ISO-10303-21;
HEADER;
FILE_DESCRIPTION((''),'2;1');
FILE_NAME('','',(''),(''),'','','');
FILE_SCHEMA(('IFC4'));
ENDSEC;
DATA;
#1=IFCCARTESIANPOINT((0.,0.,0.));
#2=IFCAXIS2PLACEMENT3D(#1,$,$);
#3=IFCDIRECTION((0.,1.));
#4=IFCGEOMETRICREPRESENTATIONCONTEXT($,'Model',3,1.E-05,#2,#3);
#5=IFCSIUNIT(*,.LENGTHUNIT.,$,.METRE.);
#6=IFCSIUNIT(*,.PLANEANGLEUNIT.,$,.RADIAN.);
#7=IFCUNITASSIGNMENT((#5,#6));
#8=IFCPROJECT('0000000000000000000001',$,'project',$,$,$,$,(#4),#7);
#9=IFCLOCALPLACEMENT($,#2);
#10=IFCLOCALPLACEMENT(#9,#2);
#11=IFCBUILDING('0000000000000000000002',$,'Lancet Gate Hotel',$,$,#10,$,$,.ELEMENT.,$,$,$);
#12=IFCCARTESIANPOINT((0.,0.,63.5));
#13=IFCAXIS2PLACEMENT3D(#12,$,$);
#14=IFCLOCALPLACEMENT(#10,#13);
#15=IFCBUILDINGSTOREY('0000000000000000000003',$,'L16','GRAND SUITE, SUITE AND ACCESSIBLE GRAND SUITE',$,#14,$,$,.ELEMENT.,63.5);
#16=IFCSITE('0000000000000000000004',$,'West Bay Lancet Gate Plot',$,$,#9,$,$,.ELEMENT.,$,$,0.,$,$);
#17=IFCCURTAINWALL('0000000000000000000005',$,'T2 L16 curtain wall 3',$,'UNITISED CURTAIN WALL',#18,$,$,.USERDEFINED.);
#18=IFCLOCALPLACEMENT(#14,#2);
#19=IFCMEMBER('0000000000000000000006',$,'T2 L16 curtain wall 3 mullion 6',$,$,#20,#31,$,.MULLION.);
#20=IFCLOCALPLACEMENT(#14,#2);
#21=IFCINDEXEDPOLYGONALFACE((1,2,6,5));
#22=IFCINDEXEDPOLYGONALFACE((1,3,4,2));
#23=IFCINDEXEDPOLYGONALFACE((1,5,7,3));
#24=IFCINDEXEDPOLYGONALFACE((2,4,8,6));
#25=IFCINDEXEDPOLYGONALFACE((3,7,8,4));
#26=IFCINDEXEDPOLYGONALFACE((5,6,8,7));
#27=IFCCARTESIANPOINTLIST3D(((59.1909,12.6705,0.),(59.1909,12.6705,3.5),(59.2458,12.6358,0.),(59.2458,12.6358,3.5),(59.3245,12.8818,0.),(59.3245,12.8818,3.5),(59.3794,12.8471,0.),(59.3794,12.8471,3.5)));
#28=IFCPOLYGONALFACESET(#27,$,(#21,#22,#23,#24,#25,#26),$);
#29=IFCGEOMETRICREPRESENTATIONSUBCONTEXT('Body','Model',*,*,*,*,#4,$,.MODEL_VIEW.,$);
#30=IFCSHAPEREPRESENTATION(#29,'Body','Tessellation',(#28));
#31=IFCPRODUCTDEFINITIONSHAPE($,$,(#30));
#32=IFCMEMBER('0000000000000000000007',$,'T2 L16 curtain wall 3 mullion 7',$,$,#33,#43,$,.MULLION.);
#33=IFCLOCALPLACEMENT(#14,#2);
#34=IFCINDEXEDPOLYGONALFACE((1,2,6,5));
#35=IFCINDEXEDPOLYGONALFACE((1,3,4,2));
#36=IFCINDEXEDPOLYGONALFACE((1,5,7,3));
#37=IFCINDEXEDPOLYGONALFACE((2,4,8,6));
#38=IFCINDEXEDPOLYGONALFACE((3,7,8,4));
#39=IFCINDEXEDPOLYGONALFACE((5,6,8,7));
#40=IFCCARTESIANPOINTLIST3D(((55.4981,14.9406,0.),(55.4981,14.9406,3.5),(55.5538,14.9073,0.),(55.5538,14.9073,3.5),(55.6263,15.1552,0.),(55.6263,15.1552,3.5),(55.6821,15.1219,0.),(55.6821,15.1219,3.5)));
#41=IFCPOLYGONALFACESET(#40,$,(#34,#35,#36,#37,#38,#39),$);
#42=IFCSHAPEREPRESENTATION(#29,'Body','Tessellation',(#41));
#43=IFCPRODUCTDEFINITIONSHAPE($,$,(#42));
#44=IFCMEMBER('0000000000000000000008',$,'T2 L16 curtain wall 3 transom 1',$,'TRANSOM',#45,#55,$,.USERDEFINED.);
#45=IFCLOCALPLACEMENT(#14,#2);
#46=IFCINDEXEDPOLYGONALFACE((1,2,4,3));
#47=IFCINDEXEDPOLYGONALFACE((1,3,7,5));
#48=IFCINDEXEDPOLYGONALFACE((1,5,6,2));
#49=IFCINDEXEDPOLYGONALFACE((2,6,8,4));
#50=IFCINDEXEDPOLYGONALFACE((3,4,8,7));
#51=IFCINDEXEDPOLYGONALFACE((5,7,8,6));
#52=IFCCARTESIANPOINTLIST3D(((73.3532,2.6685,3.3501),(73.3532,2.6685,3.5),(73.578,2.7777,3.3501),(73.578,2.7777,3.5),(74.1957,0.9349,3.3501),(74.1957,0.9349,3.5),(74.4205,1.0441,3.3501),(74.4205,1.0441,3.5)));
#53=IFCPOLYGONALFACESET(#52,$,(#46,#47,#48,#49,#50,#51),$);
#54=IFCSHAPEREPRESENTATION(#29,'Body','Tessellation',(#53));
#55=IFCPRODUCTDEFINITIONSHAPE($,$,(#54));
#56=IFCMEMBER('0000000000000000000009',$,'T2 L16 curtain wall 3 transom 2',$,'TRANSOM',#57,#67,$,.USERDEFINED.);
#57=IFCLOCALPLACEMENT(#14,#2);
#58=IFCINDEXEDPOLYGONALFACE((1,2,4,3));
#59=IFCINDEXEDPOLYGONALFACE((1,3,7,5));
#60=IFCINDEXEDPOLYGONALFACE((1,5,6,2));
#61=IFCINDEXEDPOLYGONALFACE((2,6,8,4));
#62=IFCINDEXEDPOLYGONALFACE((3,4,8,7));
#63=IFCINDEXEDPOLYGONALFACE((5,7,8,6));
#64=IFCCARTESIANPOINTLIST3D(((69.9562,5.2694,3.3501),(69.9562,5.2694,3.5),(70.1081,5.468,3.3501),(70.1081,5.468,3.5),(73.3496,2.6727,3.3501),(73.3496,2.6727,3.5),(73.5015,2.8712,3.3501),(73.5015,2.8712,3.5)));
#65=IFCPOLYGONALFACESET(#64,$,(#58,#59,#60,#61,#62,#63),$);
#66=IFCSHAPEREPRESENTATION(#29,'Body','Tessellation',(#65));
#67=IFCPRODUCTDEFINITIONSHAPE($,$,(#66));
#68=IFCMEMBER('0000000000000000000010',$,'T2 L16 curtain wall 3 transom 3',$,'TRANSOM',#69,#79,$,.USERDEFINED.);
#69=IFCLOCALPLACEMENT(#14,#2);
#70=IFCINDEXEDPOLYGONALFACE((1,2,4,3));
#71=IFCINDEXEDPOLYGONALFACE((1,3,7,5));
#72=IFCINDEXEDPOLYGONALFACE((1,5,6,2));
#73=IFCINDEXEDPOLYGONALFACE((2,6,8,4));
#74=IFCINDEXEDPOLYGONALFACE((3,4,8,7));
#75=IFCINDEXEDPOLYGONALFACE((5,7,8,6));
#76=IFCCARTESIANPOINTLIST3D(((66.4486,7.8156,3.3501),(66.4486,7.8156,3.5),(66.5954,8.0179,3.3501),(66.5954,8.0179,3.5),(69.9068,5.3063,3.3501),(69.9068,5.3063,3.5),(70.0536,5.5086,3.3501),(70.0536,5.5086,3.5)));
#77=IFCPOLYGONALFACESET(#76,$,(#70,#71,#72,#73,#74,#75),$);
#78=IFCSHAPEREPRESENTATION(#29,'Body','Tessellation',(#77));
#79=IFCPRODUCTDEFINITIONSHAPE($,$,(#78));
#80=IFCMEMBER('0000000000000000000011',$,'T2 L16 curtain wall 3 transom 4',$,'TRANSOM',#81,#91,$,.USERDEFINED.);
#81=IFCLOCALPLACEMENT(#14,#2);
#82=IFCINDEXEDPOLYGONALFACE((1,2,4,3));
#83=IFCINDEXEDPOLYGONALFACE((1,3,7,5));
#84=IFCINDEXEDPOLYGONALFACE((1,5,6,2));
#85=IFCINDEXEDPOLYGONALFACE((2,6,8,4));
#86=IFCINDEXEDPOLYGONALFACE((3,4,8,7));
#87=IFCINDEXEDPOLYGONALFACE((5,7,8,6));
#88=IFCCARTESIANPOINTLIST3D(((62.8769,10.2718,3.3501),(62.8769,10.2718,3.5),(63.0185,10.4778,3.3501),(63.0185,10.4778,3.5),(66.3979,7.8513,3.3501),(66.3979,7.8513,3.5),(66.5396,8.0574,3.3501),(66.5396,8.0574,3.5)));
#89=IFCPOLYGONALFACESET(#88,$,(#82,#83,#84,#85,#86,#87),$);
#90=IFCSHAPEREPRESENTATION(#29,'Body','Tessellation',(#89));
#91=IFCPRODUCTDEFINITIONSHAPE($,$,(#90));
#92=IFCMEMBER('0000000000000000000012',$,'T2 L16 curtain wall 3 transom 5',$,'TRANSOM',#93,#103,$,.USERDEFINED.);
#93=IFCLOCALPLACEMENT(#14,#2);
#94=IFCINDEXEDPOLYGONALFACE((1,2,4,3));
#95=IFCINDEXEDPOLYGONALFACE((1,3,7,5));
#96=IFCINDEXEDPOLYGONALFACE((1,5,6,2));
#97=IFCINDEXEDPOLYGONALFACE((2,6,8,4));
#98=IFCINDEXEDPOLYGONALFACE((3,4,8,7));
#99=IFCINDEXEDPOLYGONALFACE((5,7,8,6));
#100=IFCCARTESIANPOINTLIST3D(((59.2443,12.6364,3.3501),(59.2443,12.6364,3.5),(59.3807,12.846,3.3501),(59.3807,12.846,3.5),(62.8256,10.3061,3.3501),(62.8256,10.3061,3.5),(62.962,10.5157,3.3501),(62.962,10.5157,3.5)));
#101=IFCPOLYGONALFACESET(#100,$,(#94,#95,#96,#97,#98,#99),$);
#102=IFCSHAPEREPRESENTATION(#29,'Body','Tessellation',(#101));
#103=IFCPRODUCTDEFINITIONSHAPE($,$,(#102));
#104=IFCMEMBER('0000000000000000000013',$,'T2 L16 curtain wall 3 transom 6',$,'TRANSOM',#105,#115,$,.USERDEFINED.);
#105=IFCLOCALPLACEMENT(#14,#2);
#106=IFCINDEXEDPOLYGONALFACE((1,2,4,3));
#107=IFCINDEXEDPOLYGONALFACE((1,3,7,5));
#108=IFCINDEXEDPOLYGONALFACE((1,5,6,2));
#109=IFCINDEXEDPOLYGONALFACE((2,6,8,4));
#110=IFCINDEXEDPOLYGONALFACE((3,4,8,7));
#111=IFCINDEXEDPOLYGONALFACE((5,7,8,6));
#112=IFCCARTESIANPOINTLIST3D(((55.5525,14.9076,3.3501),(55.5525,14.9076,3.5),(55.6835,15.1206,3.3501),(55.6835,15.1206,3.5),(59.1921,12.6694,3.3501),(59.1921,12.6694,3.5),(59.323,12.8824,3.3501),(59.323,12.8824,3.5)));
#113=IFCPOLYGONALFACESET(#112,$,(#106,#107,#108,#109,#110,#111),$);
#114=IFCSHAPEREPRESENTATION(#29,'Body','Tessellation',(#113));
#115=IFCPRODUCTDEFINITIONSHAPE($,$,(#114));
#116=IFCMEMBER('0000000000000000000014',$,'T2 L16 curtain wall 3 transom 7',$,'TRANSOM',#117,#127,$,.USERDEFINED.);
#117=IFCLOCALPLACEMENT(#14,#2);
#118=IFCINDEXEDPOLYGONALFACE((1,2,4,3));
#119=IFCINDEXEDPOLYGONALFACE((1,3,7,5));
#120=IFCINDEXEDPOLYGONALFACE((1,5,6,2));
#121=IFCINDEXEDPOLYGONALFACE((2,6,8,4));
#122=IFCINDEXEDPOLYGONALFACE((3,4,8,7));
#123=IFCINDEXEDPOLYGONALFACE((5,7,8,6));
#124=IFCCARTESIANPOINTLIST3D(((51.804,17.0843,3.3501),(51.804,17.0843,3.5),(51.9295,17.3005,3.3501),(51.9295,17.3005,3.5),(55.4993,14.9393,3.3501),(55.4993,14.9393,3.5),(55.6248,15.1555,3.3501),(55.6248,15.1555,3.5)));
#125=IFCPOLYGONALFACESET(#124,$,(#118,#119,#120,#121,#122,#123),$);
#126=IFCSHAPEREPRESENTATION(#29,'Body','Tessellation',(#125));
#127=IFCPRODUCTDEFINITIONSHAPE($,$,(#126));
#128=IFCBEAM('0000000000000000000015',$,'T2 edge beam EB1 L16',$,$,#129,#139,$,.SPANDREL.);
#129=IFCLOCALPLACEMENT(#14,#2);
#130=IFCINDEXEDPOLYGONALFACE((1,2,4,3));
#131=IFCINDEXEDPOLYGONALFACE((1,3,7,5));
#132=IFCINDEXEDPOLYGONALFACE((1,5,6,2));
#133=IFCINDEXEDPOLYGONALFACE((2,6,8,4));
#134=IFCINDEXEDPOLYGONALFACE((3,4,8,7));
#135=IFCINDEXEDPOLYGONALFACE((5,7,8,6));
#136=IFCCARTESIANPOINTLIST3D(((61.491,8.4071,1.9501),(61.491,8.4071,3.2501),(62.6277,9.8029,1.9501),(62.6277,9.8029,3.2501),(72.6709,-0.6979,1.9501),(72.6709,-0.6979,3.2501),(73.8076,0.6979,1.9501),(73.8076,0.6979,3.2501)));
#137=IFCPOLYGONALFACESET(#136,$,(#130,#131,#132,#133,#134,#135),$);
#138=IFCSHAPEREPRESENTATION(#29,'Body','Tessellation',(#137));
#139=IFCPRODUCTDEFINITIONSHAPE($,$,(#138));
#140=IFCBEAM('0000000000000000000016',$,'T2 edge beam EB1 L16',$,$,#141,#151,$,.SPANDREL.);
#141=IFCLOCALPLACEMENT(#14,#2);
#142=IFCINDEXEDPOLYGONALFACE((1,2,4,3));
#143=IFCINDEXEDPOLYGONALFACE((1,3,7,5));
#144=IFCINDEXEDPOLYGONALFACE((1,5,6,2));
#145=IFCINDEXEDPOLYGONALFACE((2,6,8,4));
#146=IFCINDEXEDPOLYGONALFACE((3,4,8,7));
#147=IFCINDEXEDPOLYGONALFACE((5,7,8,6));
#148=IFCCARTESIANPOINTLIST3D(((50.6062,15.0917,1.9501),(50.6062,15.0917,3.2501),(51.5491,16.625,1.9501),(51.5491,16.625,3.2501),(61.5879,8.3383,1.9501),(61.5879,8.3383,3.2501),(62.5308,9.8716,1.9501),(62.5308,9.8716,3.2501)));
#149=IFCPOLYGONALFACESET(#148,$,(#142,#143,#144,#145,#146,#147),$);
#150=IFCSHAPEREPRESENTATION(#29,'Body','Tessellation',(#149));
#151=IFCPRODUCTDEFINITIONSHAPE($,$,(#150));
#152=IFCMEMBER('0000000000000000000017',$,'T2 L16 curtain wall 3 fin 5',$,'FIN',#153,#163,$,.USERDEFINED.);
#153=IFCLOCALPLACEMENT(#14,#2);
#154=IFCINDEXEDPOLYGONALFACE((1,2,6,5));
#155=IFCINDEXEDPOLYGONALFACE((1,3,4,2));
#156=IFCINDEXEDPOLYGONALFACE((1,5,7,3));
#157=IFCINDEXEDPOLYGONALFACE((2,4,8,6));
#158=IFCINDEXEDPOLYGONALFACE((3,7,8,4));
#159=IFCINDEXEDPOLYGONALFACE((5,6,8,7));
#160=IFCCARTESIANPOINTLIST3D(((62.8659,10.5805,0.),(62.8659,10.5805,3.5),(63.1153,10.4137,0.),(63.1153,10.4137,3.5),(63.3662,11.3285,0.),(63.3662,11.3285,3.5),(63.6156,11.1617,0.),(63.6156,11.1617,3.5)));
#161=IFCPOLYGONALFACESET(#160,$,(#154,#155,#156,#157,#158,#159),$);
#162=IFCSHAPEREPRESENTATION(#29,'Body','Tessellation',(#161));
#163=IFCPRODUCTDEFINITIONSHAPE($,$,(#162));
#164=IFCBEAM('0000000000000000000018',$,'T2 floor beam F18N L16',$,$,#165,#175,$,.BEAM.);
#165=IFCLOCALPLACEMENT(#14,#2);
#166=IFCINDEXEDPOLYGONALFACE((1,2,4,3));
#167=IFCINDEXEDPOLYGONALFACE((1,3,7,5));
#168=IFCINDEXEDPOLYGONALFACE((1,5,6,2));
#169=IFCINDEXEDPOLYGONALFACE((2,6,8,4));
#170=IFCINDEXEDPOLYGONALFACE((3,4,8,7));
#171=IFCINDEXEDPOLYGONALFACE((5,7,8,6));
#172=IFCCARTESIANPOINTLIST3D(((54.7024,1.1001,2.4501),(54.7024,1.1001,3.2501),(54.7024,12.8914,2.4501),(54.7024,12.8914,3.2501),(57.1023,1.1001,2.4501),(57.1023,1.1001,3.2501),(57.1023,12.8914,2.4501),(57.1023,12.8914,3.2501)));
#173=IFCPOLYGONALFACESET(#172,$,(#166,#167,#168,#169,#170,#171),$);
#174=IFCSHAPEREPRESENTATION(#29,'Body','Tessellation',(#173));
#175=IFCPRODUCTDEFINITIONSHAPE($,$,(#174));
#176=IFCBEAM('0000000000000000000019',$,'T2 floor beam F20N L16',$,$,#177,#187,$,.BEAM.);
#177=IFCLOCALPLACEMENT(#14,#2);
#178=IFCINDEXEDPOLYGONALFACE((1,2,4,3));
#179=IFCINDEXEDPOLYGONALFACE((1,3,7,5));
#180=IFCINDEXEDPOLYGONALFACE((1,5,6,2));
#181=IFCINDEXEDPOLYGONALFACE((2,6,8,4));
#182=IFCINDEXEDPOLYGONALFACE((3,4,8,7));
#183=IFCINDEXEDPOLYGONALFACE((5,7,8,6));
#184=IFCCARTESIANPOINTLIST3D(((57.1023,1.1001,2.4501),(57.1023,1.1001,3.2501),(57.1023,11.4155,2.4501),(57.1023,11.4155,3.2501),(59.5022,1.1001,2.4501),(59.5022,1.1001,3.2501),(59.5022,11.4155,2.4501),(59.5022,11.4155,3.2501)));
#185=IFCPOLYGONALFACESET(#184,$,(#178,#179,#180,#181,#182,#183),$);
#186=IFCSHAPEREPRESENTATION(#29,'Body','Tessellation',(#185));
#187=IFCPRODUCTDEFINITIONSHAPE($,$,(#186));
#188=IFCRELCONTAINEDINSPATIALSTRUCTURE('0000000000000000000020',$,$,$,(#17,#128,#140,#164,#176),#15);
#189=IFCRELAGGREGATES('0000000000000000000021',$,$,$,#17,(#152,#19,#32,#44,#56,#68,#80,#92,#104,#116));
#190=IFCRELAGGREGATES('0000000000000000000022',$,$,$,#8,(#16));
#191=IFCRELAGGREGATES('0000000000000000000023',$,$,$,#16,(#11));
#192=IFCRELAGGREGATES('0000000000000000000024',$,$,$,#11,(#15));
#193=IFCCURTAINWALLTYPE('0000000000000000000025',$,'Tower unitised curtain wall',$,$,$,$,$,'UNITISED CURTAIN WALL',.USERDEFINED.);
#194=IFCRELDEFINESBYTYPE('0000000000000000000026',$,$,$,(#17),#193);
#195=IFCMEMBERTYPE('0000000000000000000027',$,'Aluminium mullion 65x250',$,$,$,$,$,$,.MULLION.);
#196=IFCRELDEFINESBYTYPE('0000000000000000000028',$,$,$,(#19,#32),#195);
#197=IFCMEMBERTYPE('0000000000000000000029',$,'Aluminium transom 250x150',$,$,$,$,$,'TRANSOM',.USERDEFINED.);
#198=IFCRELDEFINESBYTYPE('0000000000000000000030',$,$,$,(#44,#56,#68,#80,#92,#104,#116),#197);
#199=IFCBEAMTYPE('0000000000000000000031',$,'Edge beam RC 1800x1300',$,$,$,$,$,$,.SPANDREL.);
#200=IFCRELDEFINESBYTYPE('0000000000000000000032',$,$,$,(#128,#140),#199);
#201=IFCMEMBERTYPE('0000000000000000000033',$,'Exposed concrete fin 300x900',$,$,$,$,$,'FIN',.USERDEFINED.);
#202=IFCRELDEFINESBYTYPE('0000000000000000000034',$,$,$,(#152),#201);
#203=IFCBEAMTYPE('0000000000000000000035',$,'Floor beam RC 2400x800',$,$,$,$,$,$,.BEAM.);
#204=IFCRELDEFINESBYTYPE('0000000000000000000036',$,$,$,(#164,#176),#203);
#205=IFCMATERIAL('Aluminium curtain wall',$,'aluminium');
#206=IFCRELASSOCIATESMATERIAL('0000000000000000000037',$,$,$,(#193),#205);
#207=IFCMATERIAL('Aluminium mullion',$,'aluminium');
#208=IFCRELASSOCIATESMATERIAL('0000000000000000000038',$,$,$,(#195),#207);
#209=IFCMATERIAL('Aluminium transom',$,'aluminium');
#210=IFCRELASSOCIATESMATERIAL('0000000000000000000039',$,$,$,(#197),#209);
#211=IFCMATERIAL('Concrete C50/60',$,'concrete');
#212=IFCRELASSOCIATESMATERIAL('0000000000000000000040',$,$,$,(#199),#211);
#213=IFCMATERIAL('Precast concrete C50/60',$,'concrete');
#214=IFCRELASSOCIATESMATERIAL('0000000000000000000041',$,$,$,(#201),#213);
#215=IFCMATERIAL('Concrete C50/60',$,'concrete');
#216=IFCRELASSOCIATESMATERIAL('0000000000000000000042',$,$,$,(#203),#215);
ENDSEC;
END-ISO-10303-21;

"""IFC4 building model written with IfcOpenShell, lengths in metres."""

from ifc_helpers import new_model, si_unit, direction, frame, origin, origin_2d, place, context, subcontext, project, spatial, rectangle, extrude, material, material_profile, profile_set, type_object, element, aggregate, save


model = new_model("IFC4")

# Units and contexts
model_context = context("Model", 3, precision=1e-05, world=origin(), true_north=direction((0.0, 1.0)))
body_context = subcontext(model_context, "Body", "Model", "MODEL_VIEW")
ifc_project = project(units=[si_unit("LENGTHUNIT", "METRE"), si_unit("PLANEANGLEUNIT", "RADIAN")], contexts=[model_context])

# Site, building, storey
site_placement = place(None, origin())
site = spatial("IfcSite", under=ifc_project, at=site_placement, Name="West Bay Lancet Gate Plot", CompositionType="ELEMENT", RefElevation=0.0)
building_placement = place(site_placement, origin())
building = spatial("IfcBuilding", under=site, at=building_placement, Name="Lancet Gate Hotel", CompositionType="ELEMENT")
storey_placement = place(building_placement, frame((0.0, 0.0, 63.5)))
storey = spatial("IfcBuildingStorey", under=building, at=storey_placement, Name="L16", Description="GRAND SUITE, SUITE AND ACCESSIBLE GRAND SUITE", CompositionType="ELEMENT", Elevation=63.5)

# Curtain wall, members
ifc_material_1 = material(Name="Aluminium curtain wall", Category="aluminium")
curtain_wall_type = type_object("IfcCurtainWallType", Name="Tower unitised curtain wall", ElementType="UNITISED CURTAIN WALL", PredefinedType="USERDEFINED", material=ifc_material_1)
curtain_wall_placement = place(storey_placement, origin())
curtain_wall = element("IfcCurtainWall", 1, at=curtain_wall_placement, inside=storey, type_object=curtain_wall_type, Name="T2 L16 curtain wall 3", ObjectType="UNITISED CURTAIN WALL", PredefinedType="USERDEFINED")
ifc_material_2 = material(Name="Aluminium mullion", Category="aluminium")
ifc_material_profile_1 = material_profile(ifc_material_2, rectangle(XDim=0.0649, YDim=0.25, at=origin_2d()), Name="MULLION 65x250")
ifc_profile_set_1 = profile_set([ifc_material_profile_1], Name="Aluminium mullion")
member_type_1 = type_object("IfcMemberType", Name="Aluminium mullion 65x250", PredefinedType="MULLION", material=ifc_profile_set_1)
member_1_placement = place(storey_placement, frame((59.2852, 12.7588, 0.0), z_axis=(0.0, 0.0, 1.0), x_axis=(-0.845079, 0.534641, 0.0)))
member_1 = element("IfcMember", 2, at=member_1_placement, type_object=member_type_1, Name="T2 L16 curtain wall 3 mullion 6", PredefinedType="MULLION", context=body_context, shape_type="SweptSolid", body=[
    extrude(rectangle(XDim=0.0649, YDim=0.25, at=origin_2d()), origin(), (0.0, 0.0, 1.0), 3.5),
])
member_2_placement = place(storey_placement, frame((55.5901, 15.0312, 0.0), z_axis=(0.0, 0.0, 1.0), x_axis=(-0.858413, 0.512959, 0.0)))
member_2 = element("IfcMember", 3, at=member_2_placement, type_object=member_type_1, Name="T2 L16 curtain wall 3 mullion 7", PredefinedType="MULLION", context=body_context, shape_type="SweptSolid", body=[
    extrude(rectangle(XDim=0.0649, YDim=0.25, at=origin_2d()), origin(), (0.0, 0.0, 1.0), 3.5),
])
ifc_material_3 = material(Name="Aluminium transom", Category="aluminium")
ifc_material_profile_2 = material_profile(ifc_material_3, rectangle(XDim=0.25, YDim=0.1499, at=origin_2d()), Name="TRANSOM 250x150")
ifc_profile_set_2 = profile_set([ifc_material_profile_2], Name="Aluminium transom")
member_type_2 = type_object("IfcMemberType", Name="Aluminium transom 250x150", ElementType="TRANSOM", PredefinedType="USERDEFINED", material=ifc_profile_set_2)
member_3_placement = place(storey_placement, frame((74.3081, 0.9895, 3.425), z_axis=(-0.437103, 0.899411, 0.0), x_axis=(-0.899411, -0.437103, 0.0)))
member_3 = element("IfcMember", 4, at=member_3_placement, type_object=member_type_2, Name="T2 L16 curtain wall 3 transom 1", ObjectType="TRANSOM", PredefinedType="USERDEFINED", context=body_context, shape_type="SweptSolid", body=[
    extrude(rectangle(XDim=0.25, YDim=0.1499, at=origin_2d()), origin(), (0.0, 0.0, 1.0), 1.9275),
])
member_4_placement = place(storey_placement, frame((73.4255, 2.772, 3.425), z_axis=(-0.794155, 0.607715, 0.0), x_axis=(-0.607715, -0.794155, 0.0)))
member_4 = element("IfcMember", 5, at=member_4_placement, type_object=member_type_2, Name="T2 L16 curtain wall 3 transom 2", ObjectType="TRANSOM", PredefinedType="USERDEFINED", context=body_context, shape_type="SweptSolid", body=[
    extrude(rectangle(XDim=0.25, YDim=0.1499, at=origin_2d()), origin(), (0.0, 0.0, 1.0), 4.2729),
])
member_5_placement = place(storey_placement, frame((69.9802, 5.4075, 3.425), z_axis=(-0.809383, 0.587281, 0.0), x_axis=(-0.587281, -0.809383, 0.0)))
member_5 = element("IfcMember", 6, at=member_5_placement, type_object=member_type_2, Name="T2 L16 curtain wall 3 transom 3", ObjectType="TRANSOM", PredefinedType="USERDEFINED", context=body_context, shape_type="SweptSolid", body=[
    extrude(rectangle(XDim=0.25, YDim=0.1499, at=origin_2d()), origin(), (0.0, 0.0, 1.0), 4.2727),
])
member_6_placement = place(storey_placement, frame((66.4688, 7.9543, 3.425), z_axis=(-0.824072, 0.566485, 0.0), x_axis=(-0.566485, -0.824072, 0.0)))
member_6 = element("IfcMember", 7, at=member_6_placement, type_object=member_type_2, Name="T2 L16 curtain wall 3 transom 4", ObjectType="TRANSOM", PredefinedType="USERDEFINED", context=body_context, shape_type="SweptSolid", body=[
    extrude(rectangle(XDim=0.25, YDim=0.1499, at=origin_2d()), origin(), (0.0, 0.0, 1.0), 4.2727),
])
member_7_placement = place(storey_placement, frame((62.8938, 10.4109, 3.425), z_axis=(-0.838179, 0.545396, 0.0), x_axis=(-0.545396, -0.838179, 0.0)))
member_7 = element("IfcMember", 8, at=member_7_placement, type_object=member_type_2, Name="T2 L16 curtain wall 3 transom 5", ObjectType="TRANSOM", PredefinedType="USERDEFINED", context=body_context, shape_type="SweptSolid", body=[
    extrude(rectangle(XDim=0.25, YDim=0.1499, at=origin_2d()), origin(), (0.0, 0.0, 1.0), 4.2727),
])
member_8_placement = place(storey_placement, frame((59.2576, 12.7759, 3.425), z_axis=(-0.851815, 0.523842, 0.0), x_axis=(-0.523842, -0.851815, 0.0)))
member_8 = element("IfcMember", 9, at=member_8_placement, type_object=member_type_2, Name="T2 L16 curtain wall 3 transom 6", ObjectType="TRANSOM", PredefinedType="USERDEFINED", context=body_context, shape_type="SweptSolid", body=[
    extrude(rectangle(XDim=0.25, YDim=0.1499, at=origin_2d()), origin(), (0.0, 0.0, 1.0), 4.2727),
])
member_9_placement = place(storey_placement, frame((55.562, 15.0474, 3.425), z_axis=(-0.864855, 0.502022, 0.0), x_axis=(-0.502022, -0.864855, 0.0)))
member_9 = element("IfcMember", 10, at=member_9_placement, type_object=member_type_2, Name="T2 L16 curtain wall 3 transom 7", ObjectType="TRANSOM", PredefinedType="USERDEFINED", context=body_context, shape_type="SweptSolid", body=[
    extrude(rectangle(XDim=0.25, YDim=0.1499, at=origin_2d()), origin(), (0.0, 0.0, 1.0), 4.2727),
])

# Beams
ifc_material_4 = material(Name="Concrete C50/60", Category="concrete")
ifc_material_profile_3 = material_profile(ifc_material_4, rectangle(XDim=1.8, YDim=1.3, at=origin_2d()), Name="RC 1800x1300")
ifc_profile_set_3 = profile_set([ifc_material_profile_3], Name="Concrete C50/60")
beam_type_1 = type_object("IfcBeamType", Name="Edge beam RC 1800x1300", PredefinedType="SPANDREL", material=ifc_profile_set_3)
beam_1_placement = place(storey_placement, frame((73.2393, 0.0, 2.6001), z_axis=(-0.775391, 0.631481, 0.0), x_axis=(-0.631481, -0.775391, 0.0)))
element("IfcBeam", 11, at=beam_1_placement, inside=storey, type_object=beam_type_1, Name="T2 edge beam EB1 L16", PredefinedType="SPANDREL", context=body_context, shape_type="SweptSolid", body=[
    extrude(rectangle(XDim=1.8, YDim=1.3, at=origin_2d()), origin(), (0.0, 0.0, 1.0), 14.4185),
])
beam_2_placement = place(storey_placement, frame((62.0593, 9.105, 2.6001), z_axis=(-0.851816, 0.523842, 0.0), x_axis=(-0.523842, -0.851816, 0.0)))
element("IfcBeam", 12, at=beam_2_placement, inside=storey, type_object=beam_type_1, Name="T2 edge beam EB1 L16", PredefinedType="SPANDREL", context=body_context, shape_type="SweptSolid", body=[
    extrude(rectangle(XDim=1.8, YDim=1.3, at=origin_2d()), origin(), (0.0, 0.0, 1.0), 12.8921),
])

# Member
ifc_material_5 = material(Name="Precast concrete C50/60", Category="concrete")
ifc_material_profile_4 = material_profile(ifc_material_5, rectangle(XDim=0.3, YDim=0.8999, at=origin_2d()), Name="FIN 300x900")
ifc_profile_set_4 = profile_set([ifc_material_profile_4], Name="Precast concrete C50/60")
member_type_3 = type_object("IfcMemberType", Name="Exposed concrete fin 300x900", ElementType="FIN", PredefinedType="USERDEFINED", material=ifc_profile_set_4)
member_10_placement = place(storey_placement, frame((63.2407, 10.8711, 0.0), z_axis=(0.0, 0.0, 1.0), x_axis=(-0.831198, 0.555976, 0.0)))
member_10 = element("IfcMember", 13, at=member_10_placement, type_object=member_type_3, Name="T2 L16 curtain wall 3 fin 5", ObjectType="FIN", PredefinedType="USERDEFINED", context=body_context, shape_type="SweptSolid", body=[
    extrude(rectangle(XDim=0.3, YDim=0.8999, at=origin_2d()), origin(), (0.0, 0.0, 1.0), 3.5),
])

# Beams
ifc_material_6 = material(Name="Concrete C50/60", Category="concrete")
ifc_material_profile_5 = material_profile(ifc_material_6, rectangle(XDim=2.3999, YDim=0.8, at=origin_2d()), Name="RC 2400x800")
ifc_profile_set_5 = profile_set([ifc_material_profile_5], Name="Concrete C50/60")
beam_type_2 = type_object("IfcBeamType", Name="Floor beam RC 2400x800", PredefinedType="BEAM", material=ifc_profile_set_5)
beam_3_placement = place(storey_placement, frame((55.9023, 1.1001, 2.8501), z_axis=(0.0, 1.0, 0.0), x_axis=(-1.0, 0.0, 0.0)))
element("IfcBeam", 14, at=beam_3_placement, inside=storey, type_object=beam_type_2, Name="T2 floor beam F18N L16", PredefinedType="BEAM", context=body_context, shape_type="SweptSolid", body=[
    extrude(rectangle(XDim=2.3999, YDim=0.8, at=origin_2d()), origin(), (0.0, 0.0, 1.0), 11.7913),
])
beam_4_placement = place(storey_placement, frame((58.3022, 1.1001, 2.8501), z_axis=(0.0, 1.0, 0.0), x_axis=(-1.0, 0.0, 0.0)))
element("IfcBeam", 15, at=beam_4_placement, inside=storey, type_object=beam_type_2, Name="T2 floor beam F20N L16", PredefinedType="BEAM", context=body_context, shape_type="SweptSolid", body=[
    extrude(rectangle(XDim=2.3999, YDim=0.8, at=origin_2d()), origin(), (0.0, 0.0, 1.0), 10.3154),
])

aggregate(curtain_wall, [member_10, member_1, member_2, member_3, member_4, member_5, member_6, member_7, member_8, member_9])

save(model, "model.ifc")
